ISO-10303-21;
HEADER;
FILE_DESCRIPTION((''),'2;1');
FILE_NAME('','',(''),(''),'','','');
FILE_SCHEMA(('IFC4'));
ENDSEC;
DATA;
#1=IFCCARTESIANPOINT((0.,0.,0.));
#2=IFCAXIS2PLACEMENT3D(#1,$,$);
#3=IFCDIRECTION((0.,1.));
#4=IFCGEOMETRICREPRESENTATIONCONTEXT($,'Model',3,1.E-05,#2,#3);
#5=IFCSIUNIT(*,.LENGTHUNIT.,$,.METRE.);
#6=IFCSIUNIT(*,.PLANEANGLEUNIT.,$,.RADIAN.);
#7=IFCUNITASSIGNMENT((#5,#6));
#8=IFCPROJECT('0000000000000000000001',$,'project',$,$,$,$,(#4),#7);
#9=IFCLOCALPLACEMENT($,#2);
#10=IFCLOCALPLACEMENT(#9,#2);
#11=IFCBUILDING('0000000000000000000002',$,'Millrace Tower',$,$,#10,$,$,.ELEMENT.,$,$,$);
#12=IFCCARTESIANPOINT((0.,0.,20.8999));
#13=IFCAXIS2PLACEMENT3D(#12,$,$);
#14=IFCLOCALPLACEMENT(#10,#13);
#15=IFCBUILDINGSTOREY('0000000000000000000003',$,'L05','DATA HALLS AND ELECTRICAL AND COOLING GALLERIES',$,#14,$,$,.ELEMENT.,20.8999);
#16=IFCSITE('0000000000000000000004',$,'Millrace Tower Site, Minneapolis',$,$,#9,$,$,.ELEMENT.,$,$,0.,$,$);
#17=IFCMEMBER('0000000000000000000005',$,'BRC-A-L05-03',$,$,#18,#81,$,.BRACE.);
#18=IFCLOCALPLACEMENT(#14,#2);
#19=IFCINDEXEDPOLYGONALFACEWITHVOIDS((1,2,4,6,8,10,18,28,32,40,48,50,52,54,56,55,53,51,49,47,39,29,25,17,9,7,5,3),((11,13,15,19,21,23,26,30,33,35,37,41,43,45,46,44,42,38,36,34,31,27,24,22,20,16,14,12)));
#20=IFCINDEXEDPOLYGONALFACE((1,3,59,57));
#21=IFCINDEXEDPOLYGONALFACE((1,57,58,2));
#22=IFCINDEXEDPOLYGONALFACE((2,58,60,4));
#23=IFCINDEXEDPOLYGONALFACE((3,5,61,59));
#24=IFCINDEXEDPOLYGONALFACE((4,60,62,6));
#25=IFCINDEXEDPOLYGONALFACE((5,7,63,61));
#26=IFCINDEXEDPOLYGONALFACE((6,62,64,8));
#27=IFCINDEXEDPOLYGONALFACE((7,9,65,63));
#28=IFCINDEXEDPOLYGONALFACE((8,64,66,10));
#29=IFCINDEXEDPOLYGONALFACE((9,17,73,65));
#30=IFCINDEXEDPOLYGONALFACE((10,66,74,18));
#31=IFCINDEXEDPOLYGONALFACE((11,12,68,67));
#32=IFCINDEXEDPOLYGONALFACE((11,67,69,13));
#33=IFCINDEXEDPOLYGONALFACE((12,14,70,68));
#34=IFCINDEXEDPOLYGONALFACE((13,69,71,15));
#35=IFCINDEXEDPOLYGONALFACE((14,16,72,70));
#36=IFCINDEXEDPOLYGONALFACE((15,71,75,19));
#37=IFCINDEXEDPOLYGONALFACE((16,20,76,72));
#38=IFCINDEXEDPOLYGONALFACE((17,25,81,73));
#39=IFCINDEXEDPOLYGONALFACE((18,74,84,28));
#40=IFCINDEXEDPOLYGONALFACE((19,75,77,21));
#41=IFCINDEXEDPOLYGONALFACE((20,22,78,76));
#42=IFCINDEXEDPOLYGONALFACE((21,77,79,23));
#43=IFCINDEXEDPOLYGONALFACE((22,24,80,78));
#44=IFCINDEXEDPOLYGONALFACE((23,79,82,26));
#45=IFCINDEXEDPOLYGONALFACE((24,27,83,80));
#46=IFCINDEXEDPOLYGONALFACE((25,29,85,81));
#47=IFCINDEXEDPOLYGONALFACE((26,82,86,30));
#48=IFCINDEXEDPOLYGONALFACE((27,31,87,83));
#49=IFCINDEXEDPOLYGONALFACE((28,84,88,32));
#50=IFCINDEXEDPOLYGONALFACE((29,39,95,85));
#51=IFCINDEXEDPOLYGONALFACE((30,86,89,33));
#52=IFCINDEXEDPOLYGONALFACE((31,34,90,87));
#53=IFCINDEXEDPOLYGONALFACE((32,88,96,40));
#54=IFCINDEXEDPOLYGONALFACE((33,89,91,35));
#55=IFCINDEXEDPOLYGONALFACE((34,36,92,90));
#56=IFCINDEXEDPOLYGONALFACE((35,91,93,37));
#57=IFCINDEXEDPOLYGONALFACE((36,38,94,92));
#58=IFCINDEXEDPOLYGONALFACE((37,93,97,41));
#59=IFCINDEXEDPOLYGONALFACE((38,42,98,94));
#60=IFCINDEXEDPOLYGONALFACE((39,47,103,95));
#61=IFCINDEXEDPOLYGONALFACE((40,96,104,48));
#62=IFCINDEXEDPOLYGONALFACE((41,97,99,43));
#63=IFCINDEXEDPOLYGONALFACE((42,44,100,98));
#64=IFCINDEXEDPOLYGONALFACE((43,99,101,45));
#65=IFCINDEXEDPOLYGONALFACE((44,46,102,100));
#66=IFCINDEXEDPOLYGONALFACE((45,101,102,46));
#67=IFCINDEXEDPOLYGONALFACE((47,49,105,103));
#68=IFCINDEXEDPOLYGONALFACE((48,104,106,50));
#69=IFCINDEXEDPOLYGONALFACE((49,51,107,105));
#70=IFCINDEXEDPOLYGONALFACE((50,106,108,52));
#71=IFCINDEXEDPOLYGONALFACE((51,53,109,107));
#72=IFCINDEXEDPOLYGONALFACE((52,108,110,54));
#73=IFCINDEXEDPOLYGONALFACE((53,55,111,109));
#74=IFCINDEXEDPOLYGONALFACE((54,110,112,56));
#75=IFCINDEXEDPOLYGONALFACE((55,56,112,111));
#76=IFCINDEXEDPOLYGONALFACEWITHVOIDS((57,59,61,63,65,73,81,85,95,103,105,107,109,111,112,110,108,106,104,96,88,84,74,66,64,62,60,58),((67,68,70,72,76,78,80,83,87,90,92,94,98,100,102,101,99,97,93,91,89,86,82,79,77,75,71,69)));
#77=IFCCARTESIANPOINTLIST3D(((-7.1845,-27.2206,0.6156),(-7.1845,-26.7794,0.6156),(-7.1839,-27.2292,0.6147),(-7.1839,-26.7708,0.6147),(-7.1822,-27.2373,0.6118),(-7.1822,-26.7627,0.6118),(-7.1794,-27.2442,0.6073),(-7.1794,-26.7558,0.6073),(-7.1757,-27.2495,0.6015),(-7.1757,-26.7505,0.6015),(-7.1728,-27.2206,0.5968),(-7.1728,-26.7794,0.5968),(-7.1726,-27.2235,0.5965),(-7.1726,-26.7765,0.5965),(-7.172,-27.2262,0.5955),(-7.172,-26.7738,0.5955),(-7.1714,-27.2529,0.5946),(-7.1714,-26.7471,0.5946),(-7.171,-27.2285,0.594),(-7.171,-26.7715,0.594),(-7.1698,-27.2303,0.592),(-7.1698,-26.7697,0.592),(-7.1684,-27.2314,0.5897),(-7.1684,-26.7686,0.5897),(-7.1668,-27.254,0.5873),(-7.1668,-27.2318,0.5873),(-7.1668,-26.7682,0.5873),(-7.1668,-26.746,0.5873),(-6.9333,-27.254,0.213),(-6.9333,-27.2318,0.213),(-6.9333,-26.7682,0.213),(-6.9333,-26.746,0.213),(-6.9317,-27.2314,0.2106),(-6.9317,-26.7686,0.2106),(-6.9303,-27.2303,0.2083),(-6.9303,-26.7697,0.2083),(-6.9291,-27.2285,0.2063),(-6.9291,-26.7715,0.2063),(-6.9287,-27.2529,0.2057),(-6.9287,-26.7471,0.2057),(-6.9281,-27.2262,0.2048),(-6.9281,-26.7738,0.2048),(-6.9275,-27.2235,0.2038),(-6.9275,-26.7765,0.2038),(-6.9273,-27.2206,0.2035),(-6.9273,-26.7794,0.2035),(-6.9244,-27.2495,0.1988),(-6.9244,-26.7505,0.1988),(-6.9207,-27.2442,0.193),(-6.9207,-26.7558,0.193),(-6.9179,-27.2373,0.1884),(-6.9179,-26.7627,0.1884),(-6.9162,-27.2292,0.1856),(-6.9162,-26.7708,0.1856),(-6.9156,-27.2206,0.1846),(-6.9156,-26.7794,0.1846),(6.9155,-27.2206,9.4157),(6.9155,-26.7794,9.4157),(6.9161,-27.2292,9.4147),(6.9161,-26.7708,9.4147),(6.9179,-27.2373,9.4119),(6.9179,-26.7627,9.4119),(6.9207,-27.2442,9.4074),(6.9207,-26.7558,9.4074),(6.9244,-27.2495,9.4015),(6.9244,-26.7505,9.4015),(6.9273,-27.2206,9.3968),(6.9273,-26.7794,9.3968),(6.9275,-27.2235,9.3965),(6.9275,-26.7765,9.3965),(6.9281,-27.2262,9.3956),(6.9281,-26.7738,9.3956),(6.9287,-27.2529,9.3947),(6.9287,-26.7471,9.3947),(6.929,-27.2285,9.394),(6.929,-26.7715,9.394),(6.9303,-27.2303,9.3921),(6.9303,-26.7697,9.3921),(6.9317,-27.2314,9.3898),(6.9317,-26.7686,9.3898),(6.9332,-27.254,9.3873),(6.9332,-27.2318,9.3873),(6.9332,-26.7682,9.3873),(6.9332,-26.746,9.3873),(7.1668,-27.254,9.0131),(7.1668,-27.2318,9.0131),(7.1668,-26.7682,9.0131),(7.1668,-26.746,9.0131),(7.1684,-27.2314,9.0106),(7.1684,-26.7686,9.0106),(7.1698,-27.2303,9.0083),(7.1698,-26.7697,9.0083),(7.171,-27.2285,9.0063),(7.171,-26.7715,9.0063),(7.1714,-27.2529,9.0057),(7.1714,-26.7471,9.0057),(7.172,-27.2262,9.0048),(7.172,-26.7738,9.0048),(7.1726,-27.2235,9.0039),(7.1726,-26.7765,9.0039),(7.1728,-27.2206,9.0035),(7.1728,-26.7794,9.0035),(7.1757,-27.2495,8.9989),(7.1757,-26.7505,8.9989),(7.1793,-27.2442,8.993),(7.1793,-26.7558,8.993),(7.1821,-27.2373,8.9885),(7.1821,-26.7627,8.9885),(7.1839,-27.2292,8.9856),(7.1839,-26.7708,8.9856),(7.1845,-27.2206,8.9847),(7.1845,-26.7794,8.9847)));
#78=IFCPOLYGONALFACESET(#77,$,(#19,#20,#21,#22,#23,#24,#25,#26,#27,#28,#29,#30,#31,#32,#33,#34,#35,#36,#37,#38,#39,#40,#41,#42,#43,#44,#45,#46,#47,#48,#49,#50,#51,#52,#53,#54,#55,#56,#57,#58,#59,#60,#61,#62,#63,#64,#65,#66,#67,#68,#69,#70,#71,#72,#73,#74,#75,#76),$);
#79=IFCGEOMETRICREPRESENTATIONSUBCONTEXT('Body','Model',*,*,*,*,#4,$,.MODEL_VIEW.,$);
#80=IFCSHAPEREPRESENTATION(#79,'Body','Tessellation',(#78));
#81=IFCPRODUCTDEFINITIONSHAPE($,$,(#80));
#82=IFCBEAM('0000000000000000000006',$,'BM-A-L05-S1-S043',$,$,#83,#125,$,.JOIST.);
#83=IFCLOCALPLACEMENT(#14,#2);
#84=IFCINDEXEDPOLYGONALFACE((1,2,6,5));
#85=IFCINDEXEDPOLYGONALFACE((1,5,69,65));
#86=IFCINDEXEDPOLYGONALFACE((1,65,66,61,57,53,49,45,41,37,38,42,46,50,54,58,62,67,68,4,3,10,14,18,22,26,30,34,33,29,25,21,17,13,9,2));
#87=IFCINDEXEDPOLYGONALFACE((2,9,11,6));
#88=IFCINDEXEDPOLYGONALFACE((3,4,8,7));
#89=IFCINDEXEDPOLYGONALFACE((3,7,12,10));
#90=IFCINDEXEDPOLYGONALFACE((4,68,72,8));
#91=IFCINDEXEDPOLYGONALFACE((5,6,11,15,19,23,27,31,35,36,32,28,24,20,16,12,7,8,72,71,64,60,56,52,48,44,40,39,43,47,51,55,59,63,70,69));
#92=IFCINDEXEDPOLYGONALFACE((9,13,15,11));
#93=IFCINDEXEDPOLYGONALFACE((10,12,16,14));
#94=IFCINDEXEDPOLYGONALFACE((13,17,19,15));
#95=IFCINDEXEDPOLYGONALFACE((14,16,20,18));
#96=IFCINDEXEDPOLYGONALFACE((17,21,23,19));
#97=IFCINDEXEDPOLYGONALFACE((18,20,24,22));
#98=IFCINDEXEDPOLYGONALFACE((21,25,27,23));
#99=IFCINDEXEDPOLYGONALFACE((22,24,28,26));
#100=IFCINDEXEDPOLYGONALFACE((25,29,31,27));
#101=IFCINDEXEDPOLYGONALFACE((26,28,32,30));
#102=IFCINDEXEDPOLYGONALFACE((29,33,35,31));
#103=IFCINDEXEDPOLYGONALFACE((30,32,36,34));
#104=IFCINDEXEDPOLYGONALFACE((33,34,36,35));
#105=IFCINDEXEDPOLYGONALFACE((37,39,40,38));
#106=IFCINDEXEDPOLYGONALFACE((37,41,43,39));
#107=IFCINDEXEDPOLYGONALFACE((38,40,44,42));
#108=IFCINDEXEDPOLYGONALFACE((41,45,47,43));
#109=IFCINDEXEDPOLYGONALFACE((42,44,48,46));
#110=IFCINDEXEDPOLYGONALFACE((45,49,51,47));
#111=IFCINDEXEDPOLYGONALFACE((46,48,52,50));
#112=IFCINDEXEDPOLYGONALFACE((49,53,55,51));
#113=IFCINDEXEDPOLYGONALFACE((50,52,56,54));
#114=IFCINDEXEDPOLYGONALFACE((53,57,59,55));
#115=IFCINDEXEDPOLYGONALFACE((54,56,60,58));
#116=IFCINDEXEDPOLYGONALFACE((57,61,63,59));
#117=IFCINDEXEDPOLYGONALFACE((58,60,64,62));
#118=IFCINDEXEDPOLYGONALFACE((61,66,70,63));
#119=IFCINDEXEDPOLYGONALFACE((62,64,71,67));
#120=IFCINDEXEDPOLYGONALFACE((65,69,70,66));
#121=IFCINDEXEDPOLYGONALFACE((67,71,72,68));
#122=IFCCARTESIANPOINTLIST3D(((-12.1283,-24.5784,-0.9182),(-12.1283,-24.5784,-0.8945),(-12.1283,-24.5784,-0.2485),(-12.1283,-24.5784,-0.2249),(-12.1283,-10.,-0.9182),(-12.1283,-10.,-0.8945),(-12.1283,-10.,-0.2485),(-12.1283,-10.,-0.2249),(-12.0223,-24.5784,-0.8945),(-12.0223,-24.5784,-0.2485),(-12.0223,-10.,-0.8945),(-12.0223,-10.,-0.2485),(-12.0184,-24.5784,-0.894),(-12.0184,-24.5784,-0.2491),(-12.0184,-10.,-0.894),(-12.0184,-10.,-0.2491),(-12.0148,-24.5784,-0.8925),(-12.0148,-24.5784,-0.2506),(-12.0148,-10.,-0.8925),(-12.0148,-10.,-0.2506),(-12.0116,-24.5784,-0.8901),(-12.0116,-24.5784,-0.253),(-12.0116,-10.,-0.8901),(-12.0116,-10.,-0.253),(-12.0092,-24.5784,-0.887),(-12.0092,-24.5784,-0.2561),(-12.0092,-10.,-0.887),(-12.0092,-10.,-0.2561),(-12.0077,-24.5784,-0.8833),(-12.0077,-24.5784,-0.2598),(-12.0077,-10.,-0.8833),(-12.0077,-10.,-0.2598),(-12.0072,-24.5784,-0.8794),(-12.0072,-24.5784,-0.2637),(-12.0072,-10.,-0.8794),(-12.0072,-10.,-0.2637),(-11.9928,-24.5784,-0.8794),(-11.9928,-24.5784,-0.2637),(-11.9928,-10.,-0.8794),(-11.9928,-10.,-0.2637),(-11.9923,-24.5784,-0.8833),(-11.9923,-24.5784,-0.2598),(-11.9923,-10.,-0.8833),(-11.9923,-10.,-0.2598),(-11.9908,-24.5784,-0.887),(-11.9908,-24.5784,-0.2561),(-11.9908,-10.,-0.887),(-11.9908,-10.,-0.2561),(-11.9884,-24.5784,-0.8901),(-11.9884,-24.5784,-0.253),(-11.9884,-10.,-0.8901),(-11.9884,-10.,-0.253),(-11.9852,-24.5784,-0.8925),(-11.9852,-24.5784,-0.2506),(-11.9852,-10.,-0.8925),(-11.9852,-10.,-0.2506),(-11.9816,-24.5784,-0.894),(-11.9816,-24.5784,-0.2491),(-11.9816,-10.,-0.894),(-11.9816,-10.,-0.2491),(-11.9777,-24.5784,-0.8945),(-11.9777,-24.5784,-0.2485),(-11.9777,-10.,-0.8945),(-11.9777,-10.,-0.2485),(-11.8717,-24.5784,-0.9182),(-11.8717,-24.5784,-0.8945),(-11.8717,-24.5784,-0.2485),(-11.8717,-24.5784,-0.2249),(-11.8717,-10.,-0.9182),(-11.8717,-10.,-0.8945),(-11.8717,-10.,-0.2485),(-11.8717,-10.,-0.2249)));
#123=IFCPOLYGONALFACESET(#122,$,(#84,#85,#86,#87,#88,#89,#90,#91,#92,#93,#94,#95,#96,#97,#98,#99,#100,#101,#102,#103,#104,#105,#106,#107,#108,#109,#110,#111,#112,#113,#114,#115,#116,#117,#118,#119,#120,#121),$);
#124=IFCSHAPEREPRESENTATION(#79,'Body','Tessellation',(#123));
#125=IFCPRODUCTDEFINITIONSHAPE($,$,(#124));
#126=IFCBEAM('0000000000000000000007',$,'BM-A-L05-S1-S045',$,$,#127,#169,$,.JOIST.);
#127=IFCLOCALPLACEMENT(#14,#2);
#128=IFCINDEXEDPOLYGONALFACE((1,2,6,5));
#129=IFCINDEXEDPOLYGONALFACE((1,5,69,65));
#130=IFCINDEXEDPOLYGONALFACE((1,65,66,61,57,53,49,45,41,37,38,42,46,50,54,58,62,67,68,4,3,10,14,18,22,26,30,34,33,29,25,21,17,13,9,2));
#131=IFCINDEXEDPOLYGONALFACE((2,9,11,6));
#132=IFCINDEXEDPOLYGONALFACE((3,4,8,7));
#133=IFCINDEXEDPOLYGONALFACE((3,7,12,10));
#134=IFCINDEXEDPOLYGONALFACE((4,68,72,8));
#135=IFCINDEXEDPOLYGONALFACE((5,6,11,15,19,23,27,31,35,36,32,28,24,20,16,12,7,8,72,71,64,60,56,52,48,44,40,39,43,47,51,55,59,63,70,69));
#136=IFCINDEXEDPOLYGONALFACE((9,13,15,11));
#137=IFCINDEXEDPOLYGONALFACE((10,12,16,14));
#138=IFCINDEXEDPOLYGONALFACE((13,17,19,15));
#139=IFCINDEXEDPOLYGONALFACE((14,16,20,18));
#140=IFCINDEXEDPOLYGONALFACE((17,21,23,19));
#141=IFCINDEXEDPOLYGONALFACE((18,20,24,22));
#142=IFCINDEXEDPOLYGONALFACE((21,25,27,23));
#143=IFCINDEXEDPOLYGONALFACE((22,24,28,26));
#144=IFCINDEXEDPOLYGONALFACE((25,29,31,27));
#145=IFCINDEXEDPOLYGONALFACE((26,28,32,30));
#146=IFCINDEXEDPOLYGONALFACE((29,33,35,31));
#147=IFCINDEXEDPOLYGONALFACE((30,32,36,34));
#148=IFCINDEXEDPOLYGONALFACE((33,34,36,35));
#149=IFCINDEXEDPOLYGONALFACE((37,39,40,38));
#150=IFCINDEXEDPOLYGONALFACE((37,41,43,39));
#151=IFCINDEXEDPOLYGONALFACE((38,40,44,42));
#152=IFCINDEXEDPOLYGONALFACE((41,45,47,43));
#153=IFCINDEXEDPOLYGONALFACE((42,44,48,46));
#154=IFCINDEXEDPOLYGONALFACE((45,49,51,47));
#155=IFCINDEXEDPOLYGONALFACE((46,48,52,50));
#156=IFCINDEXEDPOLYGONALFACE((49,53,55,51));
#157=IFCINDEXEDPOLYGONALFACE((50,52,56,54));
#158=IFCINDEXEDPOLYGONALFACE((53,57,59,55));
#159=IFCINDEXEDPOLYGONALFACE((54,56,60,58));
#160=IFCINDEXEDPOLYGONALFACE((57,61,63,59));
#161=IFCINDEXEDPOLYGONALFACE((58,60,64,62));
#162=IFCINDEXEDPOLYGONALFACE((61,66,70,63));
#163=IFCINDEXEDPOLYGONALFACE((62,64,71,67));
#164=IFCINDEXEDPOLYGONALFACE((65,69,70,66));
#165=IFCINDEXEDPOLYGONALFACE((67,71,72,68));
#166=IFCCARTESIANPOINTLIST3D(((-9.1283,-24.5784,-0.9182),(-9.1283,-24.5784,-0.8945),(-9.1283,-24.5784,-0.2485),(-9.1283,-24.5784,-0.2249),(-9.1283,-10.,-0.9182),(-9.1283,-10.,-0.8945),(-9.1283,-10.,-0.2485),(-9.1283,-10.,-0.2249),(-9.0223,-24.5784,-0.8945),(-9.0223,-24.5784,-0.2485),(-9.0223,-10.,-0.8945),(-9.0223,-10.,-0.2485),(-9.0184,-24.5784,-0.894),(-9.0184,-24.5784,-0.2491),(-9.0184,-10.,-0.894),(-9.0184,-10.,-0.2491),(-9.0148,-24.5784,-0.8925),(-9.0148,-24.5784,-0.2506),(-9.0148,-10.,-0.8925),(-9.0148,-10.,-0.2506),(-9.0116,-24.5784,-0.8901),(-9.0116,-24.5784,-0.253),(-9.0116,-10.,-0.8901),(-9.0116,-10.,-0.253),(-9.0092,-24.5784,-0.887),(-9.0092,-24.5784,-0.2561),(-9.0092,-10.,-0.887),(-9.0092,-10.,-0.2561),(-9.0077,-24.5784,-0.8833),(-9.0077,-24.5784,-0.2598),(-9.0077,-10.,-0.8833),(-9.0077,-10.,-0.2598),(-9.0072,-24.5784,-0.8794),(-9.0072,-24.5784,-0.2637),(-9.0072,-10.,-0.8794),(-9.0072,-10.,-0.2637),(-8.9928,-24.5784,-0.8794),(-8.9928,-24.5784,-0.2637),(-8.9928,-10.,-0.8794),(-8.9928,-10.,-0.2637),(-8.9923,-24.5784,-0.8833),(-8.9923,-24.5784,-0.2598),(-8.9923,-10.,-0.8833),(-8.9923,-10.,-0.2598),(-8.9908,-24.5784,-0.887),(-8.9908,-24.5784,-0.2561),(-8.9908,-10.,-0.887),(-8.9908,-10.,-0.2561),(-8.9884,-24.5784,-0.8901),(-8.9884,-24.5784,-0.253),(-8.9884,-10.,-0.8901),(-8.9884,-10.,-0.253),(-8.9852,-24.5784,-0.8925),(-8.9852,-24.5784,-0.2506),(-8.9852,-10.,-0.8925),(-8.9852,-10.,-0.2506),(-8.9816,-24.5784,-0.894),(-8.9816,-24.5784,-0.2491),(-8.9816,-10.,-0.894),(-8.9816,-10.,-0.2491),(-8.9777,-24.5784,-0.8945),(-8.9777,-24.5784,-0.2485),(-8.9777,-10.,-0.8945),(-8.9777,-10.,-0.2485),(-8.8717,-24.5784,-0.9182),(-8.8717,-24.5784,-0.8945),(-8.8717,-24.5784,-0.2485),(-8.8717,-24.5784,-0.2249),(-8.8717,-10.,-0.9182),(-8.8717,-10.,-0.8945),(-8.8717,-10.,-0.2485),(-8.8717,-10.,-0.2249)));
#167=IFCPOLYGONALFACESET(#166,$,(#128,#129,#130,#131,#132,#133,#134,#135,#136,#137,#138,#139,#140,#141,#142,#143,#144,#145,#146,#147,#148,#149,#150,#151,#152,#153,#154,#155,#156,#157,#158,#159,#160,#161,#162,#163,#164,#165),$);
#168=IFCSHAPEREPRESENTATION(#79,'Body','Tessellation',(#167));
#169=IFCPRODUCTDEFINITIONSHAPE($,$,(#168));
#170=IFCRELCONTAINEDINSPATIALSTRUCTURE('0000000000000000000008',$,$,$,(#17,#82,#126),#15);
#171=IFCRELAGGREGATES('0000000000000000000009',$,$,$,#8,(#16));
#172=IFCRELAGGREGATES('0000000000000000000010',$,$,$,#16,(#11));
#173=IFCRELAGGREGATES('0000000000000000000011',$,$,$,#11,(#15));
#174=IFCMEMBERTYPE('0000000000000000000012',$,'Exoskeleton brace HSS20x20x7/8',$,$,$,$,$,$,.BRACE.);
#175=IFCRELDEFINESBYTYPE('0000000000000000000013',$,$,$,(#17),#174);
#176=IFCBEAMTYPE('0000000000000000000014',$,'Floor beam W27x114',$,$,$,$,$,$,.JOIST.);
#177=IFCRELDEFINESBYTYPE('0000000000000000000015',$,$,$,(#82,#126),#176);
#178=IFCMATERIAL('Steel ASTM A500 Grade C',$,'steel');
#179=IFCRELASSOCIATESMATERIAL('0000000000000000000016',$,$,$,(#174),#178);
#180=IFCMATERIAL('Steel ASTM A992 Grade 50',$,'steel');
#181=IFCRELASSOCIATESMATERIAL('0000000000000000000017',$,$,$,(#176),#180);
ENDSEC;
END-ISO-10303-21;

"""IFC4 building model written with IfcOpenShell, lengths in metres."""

from ifc_helpers import new_model, si_unit, direction, frame, origin, origin_2d, place, context, subcontext, project, spatial, hollow_rectangle, i_section, extrude, material, material_profile, profile_set, type_object, element, save


model = new_model("IFC4")

# Units and contexts
model_context = context("Model", 3, precision=1e-05, world=origin(), true_north=direction((0.0, 1.0)))
body_context = subcontext(model_context, "Body", "Model", "MODEL_VIEW")
ifc_project = project(units=[si_unit("LENGTHUNIT", "METRE"), si_unit("PLANEANGLEUNIT", "RADIAN")], contexts=[model_context])

# Site, building, storey
site_placement = place(None, origin())
site = spatial("IfcSite", under=ifc_project, at=site_placement, Name="Millrace Tower Site, Minneapolis", CompositionType="ELEMENT", RefElevation=0.0)
building_placement = place(site_placement, origin())
building = spatial("IfcBuilding", under=site, at=building_placement, Name="Millrace Tower", CompositionType="ELEMENT")
storey_placement = place(building_placement, frame((0.0, 0.0, 20.8999)))
storey = spatial("IfcBuildingStorey", under=building, at=storey_placement, Name="L05", Description="DATA HALLS AND ELECTRICAL AND COOLING GALLERIES", CompositionType="ELEMENT", Elevation=20.8999)

# Member
ifc_material_1 = material(Name="Steel ASTM A500 Grade C", Category="steel")
ifc_material_profile_1 = material_profile(ifc_material_1, hollow_rectangle(XDim=0.5081, YDim=0.5081, WallThickness=0.0222, InnerFilletRadius=0.0112, OuterFilletRadius=0.0334, at=origin_2d()))
ifc_profile_set_1 = profile_set([ifc_material_profile_1], Name="Steel ASTM A500 Grade C")
member_type_1 = type_object("IfcMemberType", Name="Exoskeleton brace HSS20x20x7/8", PredefinedType="BRACE", material=ifc_profile_set_1)
member_1_placement = place(storey_placement, frame((-7.05, -27.0, 0.4001), z_axis=(0.848336, 0.0, 0.529457), x_axis=(0.0, 1.0, 0.0)))
element("IfcMember", 1, at=member_1_placement, inside=storey, type_object=member_type_1, Name="BRC-A-L05-03", PredefinedType="BRACE", context=body_context, shape_type="SweptSolid", body=[
    extrude(hollow_rectangle(XDim=0.5081, YDim=0.5081, WallThickness=0.0222, InnerFilletRadius=0.0112, OuterFilletRadius=0.0334, at=origin_2d()), origin(), (0.0, 0.0, 1.0), 16.6208),
])

# Beams
ifc_material_2 = material(Name="Steel ASTM A992 Grade 50", Category="steel")
ifc_material_profile_2 = material_profile(ifc_material_2, i_section(OverallWidth=0.2566, OverallDepth=0.6934, WebThickness=0.0144, FlangeThickness=0.0237, FilletRadius=0.0151, at=origin_2d()))
ifc_profile_set_2 = profile_set([ifc_material_profile_2], Name="Steel ASTM A992 Grade 50")
beam_type_1 = type_object("IfcBeamType", Name="Floor beam W27x114", PredefinedType="JOIST", material=ifc_profile_set_2)
for number, where, z_axis, x_axis, name in (
    (2, (-12.0, -24.5784, -0.5715), (0.0, 1.0, 0.0), (-1.0, 0.0, 0.0), "BM-A-L05-S1-S043"),
    (3, (-9.0, -24.5784, -0.5715), (0.0, 1.0, 0.0), (-1.0, 0.0, 0.0), "BM-A-L05-S1-S045"),
):
    element("IfcBeam", number, at=place(storey_placement, frame(where, z_axis=z_axis, x_axis=x_axis)), inside=storey, type_object=beam_type_1, Name=name, PredefinedType="JOIST", context=body_context, shape_type="SweptSolid", body=[
        extrude(i_section(OverallWidth=0.2566, OverallDepth=0.6934, WebThickness=0.0144, FlangeThickness=0.0237, FilletRadius=0.0151, at=origin_2d()), origin(), (0.0, 0.0, 1.0), 14.5784),
    ])

save(model, "model.ifc")
